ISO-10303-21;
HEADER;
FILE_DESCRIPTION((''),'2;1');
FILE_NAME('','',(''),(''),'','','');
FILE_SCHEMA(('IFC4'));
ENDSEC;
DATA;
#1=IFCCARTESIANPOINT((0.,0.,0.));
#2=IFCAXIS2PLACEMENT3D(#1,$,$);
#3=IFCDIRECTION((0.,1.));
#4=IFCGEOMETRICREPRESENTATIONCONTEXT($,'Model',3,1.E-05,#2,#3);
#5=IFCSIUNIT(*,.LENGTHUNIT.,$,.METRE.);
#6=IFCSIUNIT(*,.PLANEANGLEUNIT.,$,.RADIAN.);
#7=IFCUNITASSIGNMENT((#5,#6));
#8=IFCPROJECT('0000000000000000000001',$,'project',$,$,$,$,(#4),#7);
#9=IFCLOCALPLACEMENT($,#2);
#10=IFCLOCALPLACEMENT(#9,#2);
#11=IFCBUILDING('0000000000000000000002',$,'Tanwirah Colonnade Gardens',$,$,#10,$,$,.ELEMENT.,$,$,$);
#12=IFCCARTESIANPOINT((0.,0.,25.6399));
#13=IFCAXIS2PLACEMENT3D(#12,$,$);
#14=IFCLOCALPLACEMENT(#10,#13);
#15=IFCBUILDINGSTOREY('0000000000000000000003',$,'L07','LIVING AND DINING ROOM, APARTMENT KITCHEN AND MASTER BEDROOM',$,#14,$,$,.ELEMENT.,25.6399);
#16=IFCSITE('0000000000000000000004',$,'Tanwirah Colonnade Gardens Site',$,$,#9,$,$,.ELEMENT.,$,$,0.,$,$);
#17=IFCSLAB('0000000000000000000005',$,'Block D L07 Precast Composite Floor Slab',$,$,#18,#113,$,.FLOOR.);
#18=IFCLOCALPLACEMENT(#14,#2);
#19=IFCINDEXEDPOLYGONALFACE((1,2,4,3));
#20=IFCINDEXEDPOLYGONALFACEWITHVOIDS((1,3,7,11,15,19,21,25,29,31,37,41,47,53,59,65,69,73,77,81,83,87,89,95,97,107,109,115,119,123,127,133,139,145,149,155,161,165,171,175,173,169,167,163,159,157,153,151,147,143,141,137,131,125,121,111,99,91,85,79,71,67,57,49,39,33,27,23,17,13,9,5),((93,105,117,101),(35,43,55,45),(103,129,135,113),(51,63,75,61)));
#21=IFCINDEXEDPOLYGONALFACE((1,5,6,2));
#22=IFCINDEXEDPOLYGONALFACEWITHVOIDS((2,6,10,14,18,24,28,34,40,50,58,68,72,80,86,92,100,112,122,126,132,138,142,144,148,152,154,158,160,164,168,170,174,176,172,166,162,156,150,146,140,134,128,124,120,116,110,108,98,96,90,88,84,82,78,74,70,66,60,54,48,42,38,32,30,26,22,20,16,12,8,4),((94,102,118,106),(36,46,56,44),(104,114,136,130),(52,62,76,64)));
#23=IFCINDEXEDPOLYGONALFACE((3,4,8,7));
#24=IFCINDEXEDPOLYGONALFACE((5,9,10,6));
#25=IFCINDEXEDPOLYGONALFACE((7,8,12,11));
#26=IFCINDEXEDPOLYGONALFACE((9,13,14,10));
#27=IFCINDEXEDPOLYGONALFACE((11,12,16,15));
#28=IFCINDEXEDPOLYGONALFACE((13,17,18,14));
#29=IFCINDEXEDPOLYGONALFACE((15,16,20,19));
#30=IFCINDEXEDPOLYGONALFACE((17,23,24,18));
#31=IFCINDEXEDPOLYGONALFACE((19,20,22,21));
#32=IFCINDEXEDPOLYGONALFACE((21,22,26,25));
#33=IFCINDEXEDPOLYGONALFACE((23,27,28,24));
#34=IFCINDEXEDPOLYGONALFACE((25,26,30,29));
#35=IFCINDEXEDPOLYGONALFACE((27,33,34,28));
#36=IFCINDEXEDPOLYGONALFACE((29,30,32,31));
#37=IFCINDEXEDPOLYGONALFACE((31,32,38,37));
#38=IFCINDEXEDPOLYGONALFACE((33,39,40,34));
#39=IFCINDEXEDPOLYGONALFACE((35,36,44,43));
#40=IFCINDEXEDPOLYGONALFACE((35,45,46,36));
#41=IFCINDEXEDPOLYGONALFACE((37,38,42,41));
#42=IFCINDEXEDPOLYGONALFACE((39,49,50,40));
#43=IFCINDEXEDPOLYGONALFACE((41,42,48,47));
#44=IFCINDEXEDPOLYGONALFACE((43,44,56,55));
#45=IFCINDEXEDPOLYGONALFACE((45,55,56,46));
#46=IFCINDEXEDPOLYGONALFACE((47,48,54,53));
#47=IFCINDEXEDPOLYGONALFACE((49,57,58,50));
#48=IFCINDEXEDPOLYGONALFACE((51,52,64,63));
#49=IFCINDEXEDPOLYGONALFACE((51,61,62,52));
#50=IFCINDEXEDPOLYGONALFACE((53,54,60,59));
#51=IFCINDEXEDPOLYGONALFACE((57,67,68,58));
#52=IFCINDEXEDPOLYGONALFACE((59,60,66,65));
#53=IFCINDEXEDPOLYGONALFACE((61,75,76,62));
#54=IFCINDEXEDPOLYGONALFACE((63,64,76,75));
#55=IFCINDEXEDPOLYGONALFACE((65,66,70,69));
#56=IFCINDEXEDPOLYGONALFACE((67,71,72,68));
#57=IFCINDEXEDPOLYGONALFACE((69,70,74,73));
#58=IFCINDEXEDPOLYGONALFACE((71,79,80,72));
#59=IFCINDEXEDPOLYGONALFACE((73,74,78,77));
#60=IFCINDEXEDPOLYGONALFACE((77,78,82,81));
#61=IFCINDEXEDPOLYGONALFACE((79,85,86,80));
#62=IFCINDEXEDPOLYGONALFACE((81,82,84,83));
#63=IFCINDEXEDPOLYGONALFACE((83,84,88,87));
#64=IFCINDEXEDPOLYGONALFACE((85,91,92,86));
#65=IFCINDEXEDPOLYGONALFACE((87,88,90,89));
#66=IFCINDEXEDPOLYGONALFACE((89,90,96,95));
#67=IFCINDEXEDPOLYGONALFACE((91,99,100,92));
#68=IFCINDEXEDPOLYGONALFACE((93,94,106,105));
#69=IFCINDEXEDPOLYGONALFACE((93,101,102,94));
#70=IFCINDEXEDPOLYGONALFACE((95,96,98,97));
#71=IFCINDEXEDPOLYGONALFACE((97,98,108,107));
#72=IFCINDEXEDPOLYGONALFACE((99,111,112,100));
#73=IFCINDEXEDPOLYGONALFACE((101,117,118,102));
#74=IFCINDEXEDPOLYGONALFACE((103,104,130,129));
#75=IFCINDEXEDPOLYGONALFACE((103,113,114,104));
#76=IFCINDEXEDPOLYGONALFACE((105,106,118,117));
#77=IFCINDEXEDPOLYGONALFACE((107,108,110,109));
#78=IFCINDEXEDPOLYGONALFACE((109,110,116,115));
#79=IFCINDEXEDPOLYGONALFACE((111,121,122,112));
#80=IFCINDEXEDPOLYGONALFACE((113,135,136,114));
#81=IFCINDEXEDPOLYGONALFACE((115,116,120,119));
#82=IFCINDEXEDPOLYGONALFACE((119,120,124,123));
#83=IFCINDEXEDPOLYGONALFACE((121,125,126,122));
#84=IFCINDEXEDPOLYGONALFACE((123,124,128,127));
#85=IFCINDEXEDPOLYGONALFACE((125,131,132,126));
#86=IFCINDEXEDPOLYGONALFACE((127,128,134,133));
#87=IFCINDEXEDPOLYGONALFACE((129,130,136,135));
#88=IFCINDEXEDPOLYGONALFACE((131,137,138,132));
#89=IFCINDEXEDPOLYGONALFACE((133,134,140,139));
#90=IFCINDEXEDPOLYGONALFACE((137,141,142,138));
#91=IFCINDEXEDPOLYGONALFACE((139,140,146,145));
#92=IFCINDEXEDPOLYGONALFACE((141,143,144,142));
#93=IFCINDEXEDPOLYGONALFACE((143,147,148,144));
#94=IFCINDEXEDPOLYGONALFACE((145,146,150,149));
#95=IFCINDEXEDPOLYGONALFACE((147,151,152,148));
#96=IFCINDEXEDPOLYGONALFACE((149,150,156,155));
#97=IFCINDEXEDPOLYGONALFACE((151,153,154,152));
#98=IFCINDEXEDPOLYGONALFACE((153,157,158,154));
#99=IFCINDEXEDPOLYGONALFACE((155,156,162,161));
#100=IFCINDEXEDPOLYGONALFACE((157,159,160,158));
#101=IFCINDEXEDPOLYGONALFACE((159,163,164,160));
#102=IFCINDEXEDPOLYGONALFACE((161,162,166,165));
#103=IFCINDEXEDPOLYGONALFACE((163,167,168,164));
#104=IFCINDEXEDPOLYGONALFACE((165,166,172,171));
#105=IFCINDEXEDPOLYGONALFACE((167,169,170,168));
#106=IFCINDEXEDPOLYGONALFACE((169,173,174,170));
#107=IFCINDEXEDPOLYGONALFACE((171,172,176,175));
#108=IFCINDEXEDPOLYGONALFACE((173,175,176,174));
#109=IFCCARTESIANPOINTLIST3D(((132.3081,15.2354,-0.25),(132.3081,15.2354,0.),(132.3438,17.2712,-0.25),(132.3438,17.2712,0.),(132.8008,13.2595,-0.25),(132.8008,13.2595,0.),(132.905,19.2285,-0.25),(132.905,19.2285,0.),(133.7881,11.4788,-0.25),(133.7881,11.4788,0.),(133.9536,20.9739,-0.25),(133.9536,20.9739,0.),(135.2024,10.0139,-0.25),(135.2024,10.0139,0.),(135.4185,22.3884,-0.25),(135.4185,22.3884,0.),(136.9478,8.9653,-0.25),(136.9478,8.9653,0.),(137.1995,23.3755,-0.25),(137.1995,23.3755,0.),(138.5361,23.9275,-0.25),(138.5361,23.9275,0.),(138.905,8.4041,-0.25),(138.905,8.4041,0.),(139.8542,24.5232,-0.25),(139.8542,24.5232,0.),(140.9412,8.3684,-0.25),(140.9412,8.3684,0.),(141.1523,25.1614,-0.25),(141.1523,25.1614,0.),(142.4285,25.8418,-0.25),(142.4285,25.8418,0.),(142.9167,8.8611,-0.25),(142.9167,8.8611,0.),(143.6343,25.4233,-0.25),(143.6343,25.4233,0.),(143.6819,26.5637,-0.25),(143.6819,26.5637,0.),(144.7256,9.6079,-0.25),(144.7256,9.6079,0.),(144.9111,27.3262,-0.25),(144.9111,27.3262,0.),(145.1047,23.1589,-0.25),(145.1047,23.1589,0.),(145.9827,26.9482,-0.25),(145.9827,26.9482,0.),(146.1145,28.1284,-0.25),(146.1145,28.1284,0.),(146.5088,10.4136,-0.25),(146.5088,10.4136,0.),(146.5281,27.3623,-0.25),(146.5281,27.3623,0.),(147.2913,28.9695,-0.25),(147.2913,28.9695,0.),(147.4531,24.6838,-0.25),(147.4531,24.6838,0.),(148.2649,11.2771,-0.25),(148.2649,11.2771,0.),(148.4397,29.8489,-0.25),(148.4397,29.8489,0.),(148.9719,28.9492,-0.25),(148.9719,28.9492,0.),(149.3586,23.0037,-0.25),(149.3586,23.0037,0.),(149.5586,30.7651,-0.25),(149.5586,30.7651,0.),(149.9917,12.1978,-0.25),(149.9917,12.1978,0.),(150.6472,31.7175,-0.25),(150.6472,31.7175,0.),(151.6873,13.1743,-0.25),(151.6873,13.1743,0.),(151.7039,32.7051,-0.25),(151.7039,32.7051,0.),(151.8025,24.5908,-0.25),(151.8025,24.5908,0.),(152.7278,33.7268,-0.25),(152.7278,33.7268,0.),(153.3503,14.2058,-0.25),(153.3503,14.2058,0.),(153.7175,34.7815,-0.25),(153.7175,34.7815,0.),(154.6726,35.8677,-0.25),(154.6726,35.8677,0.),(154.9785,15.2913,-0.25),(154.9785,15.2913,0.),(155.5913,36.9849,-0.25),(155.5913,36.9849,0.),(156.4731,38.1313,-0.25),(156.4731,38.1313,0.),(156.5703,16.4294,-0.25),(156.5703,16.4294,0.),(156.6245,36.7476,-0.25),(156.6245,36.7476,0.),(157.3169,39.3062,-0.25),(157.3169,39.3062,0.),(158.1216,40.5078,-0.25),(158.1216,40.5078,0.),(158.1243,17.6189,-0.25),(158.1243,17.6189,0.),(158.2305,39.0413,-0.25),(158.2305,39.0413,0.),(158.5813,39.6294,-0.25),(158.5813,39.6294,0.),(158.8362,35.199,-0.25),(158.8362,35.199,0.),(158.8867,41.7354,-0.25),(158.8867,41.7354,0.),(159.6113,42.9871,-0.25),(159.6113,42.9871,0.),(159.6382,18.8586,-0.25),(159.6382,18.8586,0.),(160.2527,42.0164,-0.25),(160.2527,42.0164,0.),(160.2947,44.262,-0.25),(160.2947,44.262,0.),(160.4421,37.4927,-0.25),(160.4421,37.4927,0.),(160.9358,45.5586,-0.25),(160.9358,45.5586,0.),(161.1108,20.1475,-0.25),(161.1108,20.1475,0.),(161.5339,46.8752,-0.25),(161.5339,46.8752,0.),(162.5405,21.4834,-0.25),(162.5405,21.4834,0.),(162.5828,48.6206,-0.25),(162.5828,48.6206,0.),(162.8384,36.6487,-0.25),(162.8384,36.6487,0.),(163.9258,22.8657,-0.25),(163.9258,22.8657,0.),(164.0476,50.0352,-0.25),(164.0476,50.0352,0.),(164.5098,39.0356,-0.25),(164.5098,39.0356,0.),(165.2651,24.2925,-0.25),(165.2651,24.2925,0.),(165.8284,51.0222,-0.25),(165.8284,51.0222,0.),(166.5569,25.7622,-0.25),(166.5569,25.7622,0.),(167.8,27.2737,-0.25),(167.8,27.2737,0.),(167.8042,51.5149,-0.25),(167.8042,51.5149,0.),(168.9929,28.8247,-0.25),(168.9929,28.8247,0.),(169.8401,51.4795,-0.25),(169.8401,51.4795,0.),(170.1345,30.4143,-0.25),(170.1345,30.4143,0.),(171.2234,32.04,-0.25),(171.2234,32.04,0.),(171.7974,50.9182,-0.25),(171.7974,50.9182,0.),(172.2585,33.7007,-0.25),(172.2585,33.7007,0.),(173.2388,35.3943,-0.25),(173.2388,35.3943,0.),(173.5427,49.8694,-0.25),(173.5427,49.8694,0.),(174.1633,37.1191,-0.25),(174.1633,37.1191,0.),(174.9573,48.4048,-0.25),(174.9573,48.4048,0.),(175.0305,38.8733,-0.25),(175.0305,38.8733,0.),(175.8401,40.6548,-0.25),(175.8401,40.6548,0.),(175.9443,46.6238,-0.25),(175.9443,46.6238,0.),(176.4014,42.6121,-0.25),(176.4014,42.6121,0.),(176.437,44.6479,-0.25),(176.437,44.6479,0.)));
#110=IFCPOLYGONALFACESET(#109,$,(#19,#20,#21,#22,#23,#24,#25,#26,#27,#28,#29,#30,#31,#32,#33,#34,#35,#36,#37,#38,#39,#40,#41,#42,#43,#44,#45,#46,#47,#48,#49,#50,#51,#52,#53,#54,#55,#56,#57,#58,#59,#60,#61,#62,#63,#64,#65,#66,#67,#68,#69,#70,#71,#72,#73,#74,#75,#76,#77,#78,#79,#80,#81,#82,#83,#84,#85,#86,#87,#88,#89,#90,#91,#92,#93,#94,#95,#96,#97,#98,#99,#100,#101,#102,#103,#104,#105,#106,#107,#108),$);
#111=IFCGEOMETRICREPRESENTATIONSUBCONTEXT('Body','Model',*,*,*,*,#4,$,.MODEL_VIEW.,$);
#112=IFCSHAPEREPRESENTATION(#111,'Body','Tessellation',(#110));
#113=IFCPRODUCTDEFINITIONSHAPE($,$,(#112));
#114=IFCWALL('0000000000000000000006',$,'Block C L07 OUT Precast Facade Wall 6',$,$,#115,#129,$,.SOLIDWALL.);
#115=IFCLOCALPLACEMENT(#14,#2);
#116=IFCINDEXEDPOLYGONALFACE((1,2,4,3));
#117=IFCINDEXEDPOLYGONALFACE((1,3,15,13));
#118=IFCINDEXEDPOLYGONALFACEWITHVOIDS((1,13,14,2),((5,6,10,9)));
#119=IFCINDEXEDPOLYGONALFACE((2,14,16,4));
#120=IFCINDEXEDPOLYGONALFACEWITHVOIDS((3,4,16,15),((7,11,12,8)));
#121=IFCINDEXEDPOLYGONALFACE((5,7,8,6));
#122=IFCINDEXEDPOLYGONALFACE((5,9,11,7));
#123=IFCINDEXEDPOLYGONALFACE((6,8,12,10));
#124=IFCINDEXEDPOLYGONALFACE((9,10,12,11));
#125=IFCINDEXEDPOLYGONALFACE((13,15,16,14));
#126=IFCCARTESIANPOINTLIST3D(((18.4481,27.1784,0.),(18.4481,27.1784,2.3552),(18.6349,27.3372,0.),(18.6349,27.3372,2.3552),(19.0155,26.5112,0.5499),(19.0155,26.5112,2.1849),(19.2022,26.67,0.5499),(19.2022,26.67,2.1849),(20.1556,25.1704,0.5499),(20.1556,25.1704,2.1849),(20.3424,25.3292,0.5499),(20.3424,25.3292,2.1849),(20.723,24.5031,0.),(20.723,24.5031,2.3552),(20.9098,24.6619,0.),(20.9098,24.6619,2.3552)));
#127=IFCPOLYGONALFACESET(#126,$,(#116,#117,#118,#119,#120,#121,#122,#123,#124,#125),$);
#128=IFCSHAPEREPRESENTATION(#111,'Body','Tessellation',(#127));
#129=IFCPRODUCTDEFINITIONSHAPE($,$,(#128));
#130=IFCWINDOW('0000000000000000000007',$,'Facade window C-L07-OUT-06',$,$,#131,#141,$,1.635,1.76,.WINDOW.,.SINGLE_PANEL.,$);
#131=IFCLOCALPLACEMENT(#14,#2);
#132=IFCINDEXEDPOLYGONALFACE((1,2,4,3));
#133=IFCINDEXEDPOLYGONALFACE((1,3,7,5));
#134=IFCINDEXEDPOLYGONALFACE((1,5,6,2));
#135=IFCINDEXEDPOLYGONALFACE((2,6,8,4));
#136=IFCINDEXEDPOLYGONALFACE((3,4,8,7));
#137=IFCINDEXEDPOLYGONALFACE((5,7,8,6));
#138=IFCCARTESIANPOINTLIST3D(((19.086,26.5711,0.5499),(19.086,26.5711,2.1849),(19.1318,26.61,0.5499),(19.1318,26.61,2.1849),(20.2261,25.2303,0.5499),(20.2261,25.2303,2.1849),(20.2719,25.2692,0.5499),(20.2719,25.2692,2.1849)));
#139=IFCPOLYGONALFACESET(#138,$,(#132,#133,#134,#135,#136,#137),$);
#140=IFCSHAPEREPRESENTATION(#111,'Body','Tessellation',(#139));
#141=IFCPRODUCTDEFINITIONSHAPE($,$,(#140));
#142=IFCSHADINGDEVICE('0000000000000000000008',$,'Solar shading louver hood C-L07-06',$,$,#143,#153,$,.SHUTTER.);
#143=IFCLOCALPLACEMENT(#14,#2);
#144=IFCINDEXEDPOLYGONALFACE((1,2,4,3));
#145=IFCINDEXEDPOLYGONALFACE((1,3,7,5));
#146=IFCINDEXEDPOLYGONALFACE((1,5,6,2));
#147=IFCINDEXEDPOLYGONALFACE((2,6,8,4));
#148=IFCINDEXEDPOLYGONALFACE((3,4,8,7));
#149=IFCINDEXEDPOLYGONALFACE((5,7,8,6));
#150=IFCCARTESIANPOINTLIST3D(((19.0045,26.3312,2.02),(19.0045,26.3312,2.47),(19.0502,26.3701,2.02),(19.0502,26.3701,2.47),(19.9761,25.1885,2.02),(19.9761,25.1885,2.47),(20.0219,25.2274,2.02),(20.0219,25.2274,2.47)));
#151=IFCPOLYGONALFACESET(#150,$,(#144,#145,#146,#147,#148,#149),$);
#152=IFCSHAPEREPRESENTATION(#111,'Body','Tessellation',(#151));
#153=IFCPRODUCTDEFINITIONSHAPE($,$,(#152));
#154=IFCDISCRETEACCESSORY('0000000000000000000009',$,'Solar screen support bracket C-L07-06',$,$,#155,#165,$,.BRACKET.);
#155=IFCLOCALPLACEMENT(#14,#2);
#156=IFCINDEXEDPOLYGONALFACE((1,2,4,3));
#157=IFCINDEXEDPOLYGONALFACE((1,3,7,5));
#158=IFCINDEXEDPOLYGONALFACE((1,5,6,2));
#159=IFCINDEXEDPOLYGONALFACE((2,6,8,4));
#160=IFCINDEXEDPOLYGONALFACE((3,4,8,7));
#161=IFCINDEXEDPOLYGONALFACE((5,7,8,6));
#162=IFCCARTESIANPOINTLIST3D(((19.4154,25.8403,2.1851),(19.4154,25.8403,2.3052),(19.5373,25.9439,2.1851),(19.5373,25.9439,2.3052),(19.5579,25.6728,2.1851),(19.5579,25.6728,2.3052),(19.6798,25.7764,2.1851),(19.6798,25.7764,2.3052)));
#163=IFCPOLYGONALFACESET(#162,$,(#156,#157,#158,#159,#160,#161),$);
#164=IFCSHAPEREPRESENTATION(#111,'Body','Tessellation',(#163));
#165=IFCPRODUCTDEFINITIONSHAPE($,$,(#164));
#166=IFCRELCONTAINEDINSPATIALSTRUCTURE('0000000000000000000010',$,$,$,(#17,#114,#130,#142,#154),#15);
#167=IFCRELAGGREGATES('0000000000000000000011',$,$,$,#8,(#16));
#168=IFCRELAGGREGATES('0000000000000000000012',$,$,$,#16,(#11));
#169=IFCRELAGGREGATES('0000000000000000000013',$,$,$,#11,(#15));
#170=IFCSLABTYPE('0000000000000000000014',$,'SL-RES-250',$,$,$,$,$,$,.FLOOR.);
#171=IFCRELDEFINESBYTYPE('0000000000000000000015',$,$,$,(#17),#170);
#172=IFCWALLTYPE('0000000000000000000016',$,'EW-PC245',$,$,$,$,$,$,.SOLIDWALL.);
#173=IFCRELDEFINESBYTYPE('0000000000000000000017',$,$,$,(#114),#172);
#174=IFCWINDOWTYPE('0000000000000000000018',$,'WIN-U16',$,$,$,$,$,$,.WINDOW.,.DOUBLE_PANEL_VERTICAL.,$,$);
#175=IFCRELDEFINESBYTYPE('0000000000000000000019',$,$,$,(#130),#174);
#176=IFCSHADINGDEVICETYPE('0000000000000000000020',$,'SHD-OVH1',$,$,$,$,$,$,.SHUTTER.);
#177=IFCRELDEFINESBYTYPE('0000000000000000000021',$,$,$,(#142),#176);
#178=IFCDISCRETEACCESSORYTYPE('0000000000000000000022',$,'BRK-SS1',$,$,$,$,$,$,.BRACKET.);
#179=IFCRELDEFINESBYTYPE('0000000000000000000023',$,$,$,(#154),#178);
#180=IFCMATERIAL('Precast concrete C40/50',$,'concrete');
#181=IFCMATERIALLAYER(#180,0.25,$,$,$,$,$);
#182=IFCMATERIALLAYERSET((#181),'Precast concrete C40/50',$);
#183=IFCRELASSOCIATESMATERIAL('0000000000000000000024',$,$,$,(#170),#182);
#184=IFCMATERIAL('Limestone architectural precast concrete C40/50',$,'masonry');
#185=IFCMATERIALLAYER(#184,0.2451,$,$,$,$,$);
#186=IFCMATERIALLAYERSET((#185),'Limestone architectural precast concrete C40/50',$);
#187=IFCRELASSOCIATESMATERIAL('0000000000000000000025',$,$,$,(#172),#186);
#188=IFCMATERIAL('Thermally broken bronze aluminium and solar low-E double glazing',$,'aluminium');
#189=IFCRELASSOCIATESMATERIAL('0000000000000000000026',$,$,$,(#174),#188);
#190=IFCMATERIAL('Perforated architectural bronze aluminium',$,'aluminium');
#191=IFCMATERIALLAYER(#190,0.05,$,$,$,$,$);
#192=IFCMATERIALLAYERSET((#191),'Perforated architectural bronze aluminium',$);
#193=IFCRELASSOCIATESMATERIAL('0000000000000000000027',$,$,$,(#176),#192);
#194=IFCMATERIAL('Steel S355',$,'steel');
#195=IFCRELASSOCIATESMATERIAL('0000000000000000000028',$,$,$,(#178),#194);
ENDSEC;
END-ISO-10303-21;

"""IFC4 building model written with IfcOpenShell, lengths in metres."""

from ifc_helpers import new_model, si_unit, direction, frame, frame_2d, origin, origin_2d, place, context, subcontext, project, spatial, polyline, rectangle, outline, extrude, material, layer, layer_set, type_object, element, fill, save


model = new_model("IFC4")

# Units and contexts
model_context = context("Model", 3, precision=1e-05, world=origin(), true_north=direction((0.0, 1.0)))
body_context = subcontext(model_context, "Body", "Model", "MODEL_VIEW")
ifc_project = project(units=[si_unit("LENGTHUNIT", "METRE"), si_unit("PLANEANGLEUNIT", "RADIAN")], contexts=[model_context])

# Site, building, storey
site_placement = place(None, origin())
site = spatial("IfcSite", under=ifc_project, at=site_placement, Name="Tanwirah Colonnade Gardens Site", CompositionType="ELEMENT", RefElevation=0.0)
building_placement = place(site_placement, origin())
building = spatial("IfcBuilding", under=site, at=building_placement, Name="Tanwirah Colonnade Gardens", CompositionType="ELEMENT")
storey_placement = place(building_placement, frame((0.0, 0.0, 25.6399)))
storey = spatial("IfcBuildingStorey", under=building, at=storey_placement, Name="L07", Description="LIVING AND DINING ROOM, APARTMENT KITCHEN AND MASTER BEDROOM", CompositionType="ELEMENT", Elevation=25.6399)

# Shared definitions
ifc_material_1 = material(Name="Precast concrete C40/50", Category="concrete")

# Slab
ifc_layer_1 = layer(ifc_material_1, 0.25)
ifc_layer_set_1 = layer_set([ifc_layer_1], Name="Precast concrete C40/50")
slab_type_1 = type_object("IfcSlabType", Name="SL-RES-250", PredefinedType="FLOOR", material=ifc_layer_set_1)
slab_1_placement = place(storey_placement, frame((0.0, 0.0, -0.25)))
element("IfcSlab", 1, at=slab_1_placement, inside=storey, type_object=slab_type_1, Name="Block D L07 Precast Composite Floor Slab", PredefinedType="FLOOR", context=body_context, shape_type="SweptSolid", body=[
    extrude(outline(polyline([(139.8542, 24.5232), (138.5361, 23.9275), (137.1995, 23.3755), (135.4185, 22.3884), (133.9536, 20.9739), (132.905, 19.2285), (132.3438, 17.2712), (132.3081, 15.2354), (132.8008, 13.2595), (133.7881, 11.4788), (135.2024, 10.0139), (136.9478, 8.9653), (138.905, 8.4041), (140.9412, 8.3684), (142.9167, 8.8611), (144.7256, 9.6079), (146.5088, 10.4136), (148.2649, 11.2771), (149.9917, 12.1978), (151.6873, 13.1743), (153.3503, 14.2058), (154.9785, 15.2913), (156.5703, 16.4294), (158.1243, 17.6189), (159.6382, 18.8586), (161.1108, 20.1475), (162.5405, 21.4834), (163.9258, 22.8657), (165.2651, 24.2925), (166.5569, 25.7622), (167.8, 27.2737), (168.9929, 28.8247), (170.1345, 30.4143), (171.2234, 32.04), (172.2585, 33.7007), (173.2388, 35.3943), (174.1633, 37.1191), (175.0305, 38.8733), (175.8401, 40.6548), (176.4014, 42.6121), (176.437, 44.6479), (175.9443, 46.6238), (174.9573, 48.4048), (173.5427, 49.8694), (171.7974, 50.9182), (169.8401, 51.4795), (167.8042, 51.5149), (165.8284, 51.0222), (164.0476, 50.0352), (162.5828, 48.6206), (161.5339, 46.8752), (160.9358, 45.5586), (160.2947, 44.262), (159.6113, 42.9871), (158.8867, 41.7354), (158.1216, 40.5078), (157.3169, 39.3062), (156.4731, 38.1313), (155.5913, 36.9849), (154.6726, 35.8677), (153.7175, 34.7815), (152.7278, 33.7268), (151.7039, 32.7051), (150.6472, 31.7175), (149.5586, 30.7651), (148.4397, 29.8489), (147.2913, 28.9695), (146.1145, 28.1284), (144.9111, 27.3262), (143.6819, 26.5637), (142.4285, 25.8418), (141.1523, 25.1614), (139.8542, 24.5232)]), holes=[polyline([(149.3586, 23.0037), (146.5281, 27.3623), (148.9719, 28.9492), (151.8025, 24.5908), (149.3586, 23.0037)]), polyline([(143.6343, 25.4233), (145.9827, 26.9482), (147.4531, 24.6838), (145.1047, 23.1589), (143.6343, 25.4233)]), polyline([(160.2527, 42.0164), (164.5098, 39.0356), (162.8384, 36.6487), (158.5813, 39.6294), (160.2527, 42.0164)]), polyline([(160.4421, 37.4927), (158.8362, 35.199), (156.6245, 36.7476), (158.2305, 39.0413), (160.4421, 37.4927)])]), origin(), (0.0, 0.0, 1.0), 0.25),
])

# Wall, opening, window
ifc_material_2 = material(Name="Limestone architectural precast concrete C40/50", Category="masonry")
ifc_layer_2 = layer(ifc_material_2, 0.2451)
ifc_layer_set_2 = layer_set([ifc_layer_2], Name="Limestone architectural precast concrete C40/50")
wall_type = type_object("IfcWallType", Name="EW-PC245", PredefinedType="SOLIDWALL", material=ifc_layer_set_2)
wall_placement = place(storey_placement, frame((18.5415, 27.2578, 0.0), z_axis=(0.0, 0.0, 1.0), x_axis=(0.647798, -0.761812, 0.0)))
wall = element("IfcWall", 2, at=wall_placement, inside=storey, type_object=wall_type, Name="Block C L07 OUT Precast Facade Wall 6", PredefinedType="SOLIDWALL", context=body_context, shape_type="SweptSolid", body=[
    extrude(rectangle(XDim=3.5117, YDim=0.2451, at=frame_2d((1.7559, 0.0))), origin(), (0.0, 0.0, 1.0), 2.3552),
])
opening_placement = place(wall_placement, frame((0.876, 0.0, 0.55)))
opening = element("IfcOpeningElement", 3, at=opening_placement, cuts=wall, PredefinedType="OPENING", context=body_context, shape_type="SweptSolid", body=[
    extrude(rectangle(XDim=1.76, YDim=1.635, at=frame_2d((0.8799, 0.8174))), frame((0.0, 0.1326, 0.0), z_axis=(0.0, -1.0, 0.0), x_axis=(1.0, 0.0, 0.0)), (0.0, 0.0, 1.0), 0.2651),
])
ifc_material_3 = material(Name="Thermally broken bronze aluminium and solar low-E double glazing", Category="aluminium")
window_type = type_object("IfcWindowType", Name="WIN-U16", PartitioningType="DOUBLE_PANEL_VERTICAL", PredefinedType="WINDOW", material=ifc_material_3)
window_placement = place(opening_placement, origin())
window = element("IfcWindow", 4, at=window_placement, inside=storey, type_object=window_type, Name="Facade window C-L07-OUT-06", OverallHeight=1.635, OverallWidth=1.76, PartitioningType="SINGLE_PANEL", PredefinedType="WINDOW", context=body_context, shape_type="SweptSolid", body=[
    extrude(rectangle(XDim=1.76, YDim=1.635, at=frame_2d((0.8799, 0.8174))), frame((0.0, 0.03, 0.0), z_axis=(0.0, -1.0, 0.0), x_axis=(1.0, 0.0, 0.0)), (0.0, 0.0, 1.0), 0.0601),
])
fill(opening, window)

# Shading device
ifc_material_4 = material(Name="Perforated architectural bronze aluminium", Category="aluminium")
ifc_layer_3 = layer(ifc_material_4, 0.05)
ifc_layer_set_3 = layer_set([ifc_layer_3], Name="Perforated architectural bronze aluminium")
shading_device_type = type_object("IfcShadingDeviceType", Name="SHD-OVH1", PredefinedType="SHUTTER", material=ifc_layer_set_3)
shading_device_placement = place(storey_placement, frame((19.5132, 25.7793, 2.02), z_axis=(0.0, 0.0, 1.0), x_axis=(0.647787, -0.761821, 0.0)))
element("IfcShadingDevice", 5, at=shading_device_placement, inside=storey, type_object=shading_device_type, Name="Solar shading louver hood C-L07-06", PredefinedType="SHUTTER", context=body_context, shape_type="SweptSolid", body=[
    extrude(rectangle(XDim=1.5, YDim=0.0601, at=origin_2d()), origin(), (0.0, 0.0, 1.0), 0.45),
])

# Discrete accessory
ifc_material_5 = material(Name="Steel S355", Category="steel")
discrete_accessory_type = type_object("IfcDiscreteAccessoryType", Name="BRK-SS1", PredefinedType="BRACKET", material=ifc_material_5)
discrete_accessory_placement = place(storey_placement, frame((19.5476, 25.8083, 2.1851), z_axis=(0.0, 0.0, 1.0), x_axis=(0.647787, -0.761821, 0.0)))
element("IfcDiscreteAccessory", 6, at=discrete_accessory_placement, inside=storey, type_object=discrete_accessory_type, Name="Solar screen support bracket C-L07-06", PredefinedType="BRACKET", context=body_context, shape_type="SweptSolid", body=[
    extrude(rectangle(XDim=0.22, YDim=0.1599, at=origin_2d()), origin(), (0.0, 0.0, 1.0), 0.1201),
])

save(model, "model.ifc")
